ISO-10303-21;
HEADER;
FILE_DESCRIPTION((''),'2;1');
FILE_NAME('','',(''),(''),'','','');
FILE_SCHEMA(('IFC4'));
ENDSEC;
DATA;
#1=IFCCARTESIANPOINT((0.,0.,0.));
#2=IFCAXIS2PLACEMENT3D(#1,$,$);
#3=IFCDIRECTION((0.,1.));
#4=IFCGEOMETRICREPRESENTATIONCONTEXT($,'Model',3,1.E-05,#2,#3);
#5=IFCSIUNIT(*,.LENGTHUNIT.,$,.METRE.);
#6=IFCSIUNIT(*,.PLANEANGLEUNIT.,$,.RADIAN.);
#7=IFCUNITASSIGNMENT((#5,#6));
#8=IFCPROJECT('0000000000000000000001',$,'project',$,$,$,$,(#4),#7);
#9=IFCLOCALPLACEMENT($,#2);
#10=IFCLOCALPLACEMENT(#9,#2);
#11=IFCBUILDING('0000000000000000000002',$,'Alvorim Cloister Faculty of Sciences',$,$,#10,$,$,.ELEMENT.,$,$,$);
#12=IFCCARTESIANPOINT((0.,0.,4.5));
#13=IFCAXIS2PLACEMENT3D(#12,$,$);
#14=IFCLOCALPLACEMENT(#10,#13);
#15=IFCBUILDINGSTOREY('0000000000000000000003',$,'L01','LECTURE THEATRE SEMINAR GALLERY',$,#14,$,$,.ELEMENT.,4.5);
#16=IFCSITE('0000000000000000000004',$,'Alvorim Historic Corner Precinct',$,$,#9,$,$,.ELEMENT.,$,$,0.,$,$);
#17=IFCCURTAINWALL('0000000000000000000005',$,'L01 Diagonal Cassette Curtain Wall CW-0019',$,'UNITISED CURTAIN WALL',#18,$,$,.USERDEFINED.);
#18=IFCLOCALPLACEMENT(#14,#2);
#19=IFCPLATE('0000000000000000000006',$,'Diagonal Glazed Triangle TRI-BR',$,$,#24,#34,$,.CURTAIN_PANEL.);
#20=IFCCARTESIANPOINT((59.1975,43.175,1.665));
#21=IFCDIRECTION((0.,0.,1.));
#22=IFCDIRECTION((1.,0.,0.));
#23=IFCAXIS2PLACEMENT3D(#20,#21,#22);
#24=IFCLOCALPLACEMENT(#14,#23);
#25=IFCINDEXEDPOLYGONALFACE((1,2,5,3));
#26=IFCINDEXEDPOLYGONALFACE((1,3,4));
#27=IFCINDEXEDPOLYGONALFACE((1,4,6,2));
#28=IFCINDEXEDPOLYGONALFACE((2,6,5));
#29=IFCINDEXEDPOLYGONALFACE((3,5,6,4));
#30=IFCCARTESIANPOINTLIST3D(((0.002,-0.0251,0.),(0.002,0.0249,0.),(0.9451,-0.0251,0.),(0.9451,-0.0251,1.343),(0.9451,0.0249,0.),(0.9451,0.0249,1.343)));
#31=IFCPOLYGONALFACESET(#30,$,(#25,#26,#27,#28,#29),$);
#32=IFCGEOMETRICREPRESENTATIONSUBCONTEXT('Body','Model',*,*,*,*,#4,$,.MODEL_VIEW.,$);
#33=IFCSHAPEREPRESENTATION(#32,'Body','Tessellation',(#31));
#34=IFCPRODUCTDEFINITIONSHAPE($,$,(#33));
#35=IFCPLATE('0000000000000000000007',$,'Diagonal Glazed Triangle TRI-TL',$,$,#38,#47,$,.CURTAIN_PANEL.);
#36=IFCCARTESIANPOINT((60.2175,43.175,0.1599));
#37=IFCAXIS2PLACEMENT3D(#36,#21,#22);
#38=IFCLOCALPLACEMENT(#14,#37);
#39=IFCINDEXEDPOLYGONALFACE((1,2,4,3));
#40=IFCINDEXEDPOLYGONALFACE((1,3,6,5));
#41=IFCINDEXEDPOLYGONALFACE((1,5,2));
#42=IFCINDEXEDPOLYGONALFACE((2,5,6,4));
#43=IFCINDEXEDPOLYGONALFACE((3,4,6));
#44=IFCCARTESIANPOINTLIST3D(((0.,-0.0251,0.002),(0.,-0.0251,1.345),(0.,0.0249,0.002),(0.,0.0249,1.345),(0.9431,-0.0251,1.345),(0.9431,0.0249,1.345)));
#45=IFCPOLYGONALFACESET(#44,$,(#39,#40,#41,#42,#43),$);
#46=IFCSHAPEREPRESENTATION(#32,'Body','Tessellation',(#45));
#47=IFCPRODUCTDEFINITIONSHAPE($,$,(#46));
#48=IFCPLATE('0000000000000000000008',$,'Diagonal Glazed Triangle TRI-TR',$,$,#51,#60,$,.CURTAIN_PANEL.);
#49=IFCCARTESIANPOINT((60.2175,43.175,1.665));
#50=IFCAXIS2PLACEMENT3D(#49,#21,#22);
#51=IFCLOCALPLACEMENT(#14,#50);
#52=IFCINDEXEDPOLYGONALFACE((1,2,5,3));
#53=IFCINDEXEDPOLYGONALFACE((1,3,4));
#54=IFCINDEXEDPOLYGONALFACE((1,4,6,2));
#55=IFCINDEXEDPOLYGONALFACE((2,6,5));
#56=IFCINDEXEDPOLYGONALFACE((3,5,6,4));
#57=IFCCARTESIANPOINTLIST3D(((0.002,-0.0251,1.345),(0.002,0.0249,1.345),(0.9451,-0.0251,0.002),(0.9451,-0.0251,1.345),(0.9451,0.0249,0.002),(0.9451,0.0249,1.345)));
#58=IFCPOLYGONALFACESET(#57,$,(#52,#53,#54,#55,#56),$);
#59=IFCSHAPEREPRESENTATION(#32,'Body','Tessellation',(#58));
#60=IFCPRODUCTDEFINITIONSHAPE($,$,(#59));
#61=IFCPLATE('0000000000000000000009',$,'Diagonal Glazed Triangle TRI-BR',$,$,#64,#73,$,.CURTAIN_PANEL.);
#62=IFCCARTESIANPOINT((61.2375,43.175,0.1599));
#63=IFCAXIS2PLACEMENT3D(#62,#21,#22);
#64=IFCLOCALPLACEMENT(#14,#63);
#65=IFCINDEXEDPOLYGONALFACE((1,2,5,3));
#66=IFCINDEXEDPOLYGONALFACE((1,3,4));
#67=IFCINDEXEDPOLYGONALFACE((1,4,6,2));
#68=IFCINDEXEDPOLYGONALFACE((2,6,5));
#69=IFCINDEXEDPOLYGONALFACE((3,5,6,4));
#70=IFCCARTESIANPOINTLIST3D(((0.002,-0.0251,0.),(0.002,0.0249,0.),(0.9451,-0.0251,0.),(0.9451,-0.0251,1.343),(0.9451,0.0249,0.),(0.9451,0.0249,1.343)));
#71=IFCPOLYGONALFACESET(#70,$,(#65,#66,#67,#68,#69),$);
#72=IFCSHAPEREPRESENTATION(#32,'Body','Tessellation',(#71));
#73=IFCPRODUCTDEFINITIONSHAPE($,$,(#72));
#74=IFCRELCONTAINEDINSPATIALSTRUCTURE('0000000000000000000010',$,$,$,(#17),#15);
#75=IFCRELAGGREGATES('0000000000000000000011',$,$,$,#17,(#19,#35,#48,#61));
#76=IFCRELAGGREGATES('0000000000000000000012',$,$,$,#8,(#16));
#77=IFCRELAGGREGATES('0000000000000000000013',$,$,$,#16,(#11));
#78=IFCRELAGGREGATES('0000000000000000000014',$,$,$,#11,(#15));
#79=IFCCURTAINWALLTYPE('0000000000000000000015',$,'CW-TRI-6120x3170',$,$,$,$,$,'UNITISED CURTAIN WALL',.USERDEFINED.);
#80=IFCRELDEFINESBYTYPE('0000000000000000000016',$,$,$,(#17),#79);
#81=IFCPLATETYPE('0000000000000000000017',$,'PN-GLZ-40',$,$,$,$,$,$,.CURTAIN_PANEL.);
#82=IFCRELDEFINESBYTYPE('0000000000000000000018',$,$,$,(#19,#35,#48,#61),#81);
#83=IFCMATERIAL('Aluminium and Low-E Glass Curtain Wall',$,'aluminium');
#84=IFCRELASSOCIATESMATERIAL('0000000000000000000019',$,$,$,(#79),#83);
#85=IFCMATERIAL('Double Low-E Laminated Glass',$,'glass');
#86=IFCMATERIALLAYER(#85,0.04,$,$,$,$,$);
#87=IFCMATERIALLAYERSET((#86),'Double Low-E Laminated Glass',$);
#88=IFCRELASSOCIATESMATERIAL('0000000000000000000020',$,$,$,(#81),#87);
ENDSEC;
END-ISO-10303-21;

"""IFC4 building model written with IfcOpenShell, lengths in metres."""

from ifc_helpers import new_model, si_unit, direction, frame, origin, place, context, subcontext, project, spatial, polyline, outline, extrude, material, layer, layer_set, type_object, element, aggregate, save


model = new_model("IFC4")

# Units and contexts
model_context = context("Model", 3, precision=1e-05, world=origin(), true_north=direction((0.0, 1.0)))
body_context = subcontext(model_context, "Body", "Model", "MODEL_VIEW")
ifc_project = project(units=[si_unit("LENGTHUNIT", "METRE"), si_unit("PLANEANGLEUNIT", "RADIAN")], contexts=[model_context])

# Site, building, storey
site_placement = place(None, origin())
site = spatial("IfcSite", under=ifc_project, at=site_placement, Name="Alvorim Historic Corner Precinct", CompositionType="ELEMENT", RefElevation=0.0)
building_placement = place(site_placement, origin())
building = spatial("IfcBuilding", under=site, at=building_placement, Name="Alvorim Cloister Faculty of Sciences", CompositionType="ELEMENT")
storey_placement = place(building_placement, frame((0.0, 0.0, 4.5)))
storey = spatial("IfcBuildingStorey", under=building, at=storey_placement, Name="L01", Description="LECTURE THEATRE SEMINAR GALLERY", CompositionType="ELEMENT", Elevation=4.5)

# Curtain wall, plates
ifc_material_1 = material(Name="Aluminium and Low-E Glass Curtain Wall", Category="aluminium")
curtain_wall_type = type_object("IfcCurtainWallType", Name="CW-TRI-6120x3170", ElementType="UNITISED CURTAIN WALL", PredefinedType="USERDEFINED", material=ifc_material_1)
curtain_wall_placement = place(storey_placement, origin())
curtain_wall = element("IfcCurtainWall", 1, at=curtain_wall_placement, inside=storey, type_object=curtain_wall_type, Name="L01 Diagonal Cassette Curtain Wall CW-0019", ObjectType="UNITISED CURTAIN WALL", PredefinedType="USERDEFINED")
ifc_material_2 = material(Name="Double Low-E Laminated Glass", Category="glass")
ifc_layer = layer(ifc_material_2, 0.04)
ifc_layer_set = layer_set([ifc_layer], Name="Double Low-E Laminated Glass")
plate_type = type_object("IfcPlateType", Name="PN-GLZ-40", PredefinedType="CURTAIN_PANEL", material=ifc_layer_set)
plate_1_placement = place(storey_placement, frame((59.1975, 43.175, 1.665), z_axis=(0.0, 0.0, 1.0), x_axis=(1.0, 0.0, 0.0)))
plate_1 = element("IfcPlate", 2, at=plate_1_placement, type_object=plate_type, Name="Diagonal Glazed Triangle TRI-BR", PredefinedType="CURTAIN_PANEL", context=body_context, shape_type="SweptSolid", body=[
    extrude(outline(polyline([(0.002, 0.0), (0.9451, 0.0), (0.9451, 1.343), (0.002, 0.0)])), frame((0.0, 0.0249, 0.0), z_axis=(0.0, -1.0, 0.0), x_axis=(1.0, 0.0, 0.0)), (0.0, 0.0, 1.0), 0.05),
])
plate_2_placement = place(storey_placement, frame((60.2175, 43.175, 0.1599), z_axis=(0.0, 0.0, 1.0), x_axis=(1.0, 0.0, 0.0)))
plate_2 = element("IfcPlate", 3, at=plate_2_placement, type_object=plate_type, Name="Diagonal Glazed Triangle TRI-TL", PredefinedType="CURTAIN_PANEL", context=body_context, shape_type="SweptSolid", body=[
    extrude(outline(polyline([(0.9431, 1.345), (0.0, 1.345), (0.0, 0.002), (0.9431, 1.345)])), frame((0.0, 0.0249, 0.0), z_axis=(0.0, -1.0, 0.0), x_axis=(1.0, 0.0, 0.0)), (0.0, 0.0, 1.0), 0.05),
])
plate_3_placement = place(storey_placement, frame((60.2175, 43.175, 1.665), z_axis=(0.0, 0.0, 1.0), x_axis=(1.0, 0.0, 0.0)))
plate_3 = element("IfcPlate", 4, at=plate_3_placement, type_object=plate_type, Name="Diagonal Glazed Triangle TRI-TR", PredefinedType="CURTAIN_PANEL", context=body_context, shape_type="SweptSolid", body=[
    extrude(outline(polyline([(0.9451, 0.002), (0.9451, 1.345), (0.002, 1.345), (0.9451, 0.002)])), frame((0.0, 0.0249, 0.0), z_axis=(0.0, -1.0, 0.0), x_axis=(1.0, 0.0, 0.0)), (0.0, 0.0, 1.0), 0.05),
])
plate_4_placement = place(storey_placement, frame((61.2375, 43.175, 0.1599), z_axis=(0.0, 0.0, 1.0), x_axis=(1.0, 0.0, 0.0)))
plate_4 = element("IfcPlate", 5, at=plate_4_placement, type_object=plate_type, Name="Diagonal Glazed Triangle TRI-BR", PredefinedType="CURTAIN_PANEL", context=body_context, shape_type="SweptSolid", body=[
    extrude(outline(polyline([(0.002, 0.0), (0.9451, 0.0), (0.9451, 1.343), (0.002, 0.0)])), frame((0.0, 0.0249, 0.0), z_axis=(0.0, -1.0, 0.0), x_axis=(1.0, 0.0, 0.0)), (0.0, 0.0, 1.0), 0.05),
])
aggregate(curtain_wall, [plate_1, plate_2, plate_3, plate_4])

save(model, "model.ifc")
